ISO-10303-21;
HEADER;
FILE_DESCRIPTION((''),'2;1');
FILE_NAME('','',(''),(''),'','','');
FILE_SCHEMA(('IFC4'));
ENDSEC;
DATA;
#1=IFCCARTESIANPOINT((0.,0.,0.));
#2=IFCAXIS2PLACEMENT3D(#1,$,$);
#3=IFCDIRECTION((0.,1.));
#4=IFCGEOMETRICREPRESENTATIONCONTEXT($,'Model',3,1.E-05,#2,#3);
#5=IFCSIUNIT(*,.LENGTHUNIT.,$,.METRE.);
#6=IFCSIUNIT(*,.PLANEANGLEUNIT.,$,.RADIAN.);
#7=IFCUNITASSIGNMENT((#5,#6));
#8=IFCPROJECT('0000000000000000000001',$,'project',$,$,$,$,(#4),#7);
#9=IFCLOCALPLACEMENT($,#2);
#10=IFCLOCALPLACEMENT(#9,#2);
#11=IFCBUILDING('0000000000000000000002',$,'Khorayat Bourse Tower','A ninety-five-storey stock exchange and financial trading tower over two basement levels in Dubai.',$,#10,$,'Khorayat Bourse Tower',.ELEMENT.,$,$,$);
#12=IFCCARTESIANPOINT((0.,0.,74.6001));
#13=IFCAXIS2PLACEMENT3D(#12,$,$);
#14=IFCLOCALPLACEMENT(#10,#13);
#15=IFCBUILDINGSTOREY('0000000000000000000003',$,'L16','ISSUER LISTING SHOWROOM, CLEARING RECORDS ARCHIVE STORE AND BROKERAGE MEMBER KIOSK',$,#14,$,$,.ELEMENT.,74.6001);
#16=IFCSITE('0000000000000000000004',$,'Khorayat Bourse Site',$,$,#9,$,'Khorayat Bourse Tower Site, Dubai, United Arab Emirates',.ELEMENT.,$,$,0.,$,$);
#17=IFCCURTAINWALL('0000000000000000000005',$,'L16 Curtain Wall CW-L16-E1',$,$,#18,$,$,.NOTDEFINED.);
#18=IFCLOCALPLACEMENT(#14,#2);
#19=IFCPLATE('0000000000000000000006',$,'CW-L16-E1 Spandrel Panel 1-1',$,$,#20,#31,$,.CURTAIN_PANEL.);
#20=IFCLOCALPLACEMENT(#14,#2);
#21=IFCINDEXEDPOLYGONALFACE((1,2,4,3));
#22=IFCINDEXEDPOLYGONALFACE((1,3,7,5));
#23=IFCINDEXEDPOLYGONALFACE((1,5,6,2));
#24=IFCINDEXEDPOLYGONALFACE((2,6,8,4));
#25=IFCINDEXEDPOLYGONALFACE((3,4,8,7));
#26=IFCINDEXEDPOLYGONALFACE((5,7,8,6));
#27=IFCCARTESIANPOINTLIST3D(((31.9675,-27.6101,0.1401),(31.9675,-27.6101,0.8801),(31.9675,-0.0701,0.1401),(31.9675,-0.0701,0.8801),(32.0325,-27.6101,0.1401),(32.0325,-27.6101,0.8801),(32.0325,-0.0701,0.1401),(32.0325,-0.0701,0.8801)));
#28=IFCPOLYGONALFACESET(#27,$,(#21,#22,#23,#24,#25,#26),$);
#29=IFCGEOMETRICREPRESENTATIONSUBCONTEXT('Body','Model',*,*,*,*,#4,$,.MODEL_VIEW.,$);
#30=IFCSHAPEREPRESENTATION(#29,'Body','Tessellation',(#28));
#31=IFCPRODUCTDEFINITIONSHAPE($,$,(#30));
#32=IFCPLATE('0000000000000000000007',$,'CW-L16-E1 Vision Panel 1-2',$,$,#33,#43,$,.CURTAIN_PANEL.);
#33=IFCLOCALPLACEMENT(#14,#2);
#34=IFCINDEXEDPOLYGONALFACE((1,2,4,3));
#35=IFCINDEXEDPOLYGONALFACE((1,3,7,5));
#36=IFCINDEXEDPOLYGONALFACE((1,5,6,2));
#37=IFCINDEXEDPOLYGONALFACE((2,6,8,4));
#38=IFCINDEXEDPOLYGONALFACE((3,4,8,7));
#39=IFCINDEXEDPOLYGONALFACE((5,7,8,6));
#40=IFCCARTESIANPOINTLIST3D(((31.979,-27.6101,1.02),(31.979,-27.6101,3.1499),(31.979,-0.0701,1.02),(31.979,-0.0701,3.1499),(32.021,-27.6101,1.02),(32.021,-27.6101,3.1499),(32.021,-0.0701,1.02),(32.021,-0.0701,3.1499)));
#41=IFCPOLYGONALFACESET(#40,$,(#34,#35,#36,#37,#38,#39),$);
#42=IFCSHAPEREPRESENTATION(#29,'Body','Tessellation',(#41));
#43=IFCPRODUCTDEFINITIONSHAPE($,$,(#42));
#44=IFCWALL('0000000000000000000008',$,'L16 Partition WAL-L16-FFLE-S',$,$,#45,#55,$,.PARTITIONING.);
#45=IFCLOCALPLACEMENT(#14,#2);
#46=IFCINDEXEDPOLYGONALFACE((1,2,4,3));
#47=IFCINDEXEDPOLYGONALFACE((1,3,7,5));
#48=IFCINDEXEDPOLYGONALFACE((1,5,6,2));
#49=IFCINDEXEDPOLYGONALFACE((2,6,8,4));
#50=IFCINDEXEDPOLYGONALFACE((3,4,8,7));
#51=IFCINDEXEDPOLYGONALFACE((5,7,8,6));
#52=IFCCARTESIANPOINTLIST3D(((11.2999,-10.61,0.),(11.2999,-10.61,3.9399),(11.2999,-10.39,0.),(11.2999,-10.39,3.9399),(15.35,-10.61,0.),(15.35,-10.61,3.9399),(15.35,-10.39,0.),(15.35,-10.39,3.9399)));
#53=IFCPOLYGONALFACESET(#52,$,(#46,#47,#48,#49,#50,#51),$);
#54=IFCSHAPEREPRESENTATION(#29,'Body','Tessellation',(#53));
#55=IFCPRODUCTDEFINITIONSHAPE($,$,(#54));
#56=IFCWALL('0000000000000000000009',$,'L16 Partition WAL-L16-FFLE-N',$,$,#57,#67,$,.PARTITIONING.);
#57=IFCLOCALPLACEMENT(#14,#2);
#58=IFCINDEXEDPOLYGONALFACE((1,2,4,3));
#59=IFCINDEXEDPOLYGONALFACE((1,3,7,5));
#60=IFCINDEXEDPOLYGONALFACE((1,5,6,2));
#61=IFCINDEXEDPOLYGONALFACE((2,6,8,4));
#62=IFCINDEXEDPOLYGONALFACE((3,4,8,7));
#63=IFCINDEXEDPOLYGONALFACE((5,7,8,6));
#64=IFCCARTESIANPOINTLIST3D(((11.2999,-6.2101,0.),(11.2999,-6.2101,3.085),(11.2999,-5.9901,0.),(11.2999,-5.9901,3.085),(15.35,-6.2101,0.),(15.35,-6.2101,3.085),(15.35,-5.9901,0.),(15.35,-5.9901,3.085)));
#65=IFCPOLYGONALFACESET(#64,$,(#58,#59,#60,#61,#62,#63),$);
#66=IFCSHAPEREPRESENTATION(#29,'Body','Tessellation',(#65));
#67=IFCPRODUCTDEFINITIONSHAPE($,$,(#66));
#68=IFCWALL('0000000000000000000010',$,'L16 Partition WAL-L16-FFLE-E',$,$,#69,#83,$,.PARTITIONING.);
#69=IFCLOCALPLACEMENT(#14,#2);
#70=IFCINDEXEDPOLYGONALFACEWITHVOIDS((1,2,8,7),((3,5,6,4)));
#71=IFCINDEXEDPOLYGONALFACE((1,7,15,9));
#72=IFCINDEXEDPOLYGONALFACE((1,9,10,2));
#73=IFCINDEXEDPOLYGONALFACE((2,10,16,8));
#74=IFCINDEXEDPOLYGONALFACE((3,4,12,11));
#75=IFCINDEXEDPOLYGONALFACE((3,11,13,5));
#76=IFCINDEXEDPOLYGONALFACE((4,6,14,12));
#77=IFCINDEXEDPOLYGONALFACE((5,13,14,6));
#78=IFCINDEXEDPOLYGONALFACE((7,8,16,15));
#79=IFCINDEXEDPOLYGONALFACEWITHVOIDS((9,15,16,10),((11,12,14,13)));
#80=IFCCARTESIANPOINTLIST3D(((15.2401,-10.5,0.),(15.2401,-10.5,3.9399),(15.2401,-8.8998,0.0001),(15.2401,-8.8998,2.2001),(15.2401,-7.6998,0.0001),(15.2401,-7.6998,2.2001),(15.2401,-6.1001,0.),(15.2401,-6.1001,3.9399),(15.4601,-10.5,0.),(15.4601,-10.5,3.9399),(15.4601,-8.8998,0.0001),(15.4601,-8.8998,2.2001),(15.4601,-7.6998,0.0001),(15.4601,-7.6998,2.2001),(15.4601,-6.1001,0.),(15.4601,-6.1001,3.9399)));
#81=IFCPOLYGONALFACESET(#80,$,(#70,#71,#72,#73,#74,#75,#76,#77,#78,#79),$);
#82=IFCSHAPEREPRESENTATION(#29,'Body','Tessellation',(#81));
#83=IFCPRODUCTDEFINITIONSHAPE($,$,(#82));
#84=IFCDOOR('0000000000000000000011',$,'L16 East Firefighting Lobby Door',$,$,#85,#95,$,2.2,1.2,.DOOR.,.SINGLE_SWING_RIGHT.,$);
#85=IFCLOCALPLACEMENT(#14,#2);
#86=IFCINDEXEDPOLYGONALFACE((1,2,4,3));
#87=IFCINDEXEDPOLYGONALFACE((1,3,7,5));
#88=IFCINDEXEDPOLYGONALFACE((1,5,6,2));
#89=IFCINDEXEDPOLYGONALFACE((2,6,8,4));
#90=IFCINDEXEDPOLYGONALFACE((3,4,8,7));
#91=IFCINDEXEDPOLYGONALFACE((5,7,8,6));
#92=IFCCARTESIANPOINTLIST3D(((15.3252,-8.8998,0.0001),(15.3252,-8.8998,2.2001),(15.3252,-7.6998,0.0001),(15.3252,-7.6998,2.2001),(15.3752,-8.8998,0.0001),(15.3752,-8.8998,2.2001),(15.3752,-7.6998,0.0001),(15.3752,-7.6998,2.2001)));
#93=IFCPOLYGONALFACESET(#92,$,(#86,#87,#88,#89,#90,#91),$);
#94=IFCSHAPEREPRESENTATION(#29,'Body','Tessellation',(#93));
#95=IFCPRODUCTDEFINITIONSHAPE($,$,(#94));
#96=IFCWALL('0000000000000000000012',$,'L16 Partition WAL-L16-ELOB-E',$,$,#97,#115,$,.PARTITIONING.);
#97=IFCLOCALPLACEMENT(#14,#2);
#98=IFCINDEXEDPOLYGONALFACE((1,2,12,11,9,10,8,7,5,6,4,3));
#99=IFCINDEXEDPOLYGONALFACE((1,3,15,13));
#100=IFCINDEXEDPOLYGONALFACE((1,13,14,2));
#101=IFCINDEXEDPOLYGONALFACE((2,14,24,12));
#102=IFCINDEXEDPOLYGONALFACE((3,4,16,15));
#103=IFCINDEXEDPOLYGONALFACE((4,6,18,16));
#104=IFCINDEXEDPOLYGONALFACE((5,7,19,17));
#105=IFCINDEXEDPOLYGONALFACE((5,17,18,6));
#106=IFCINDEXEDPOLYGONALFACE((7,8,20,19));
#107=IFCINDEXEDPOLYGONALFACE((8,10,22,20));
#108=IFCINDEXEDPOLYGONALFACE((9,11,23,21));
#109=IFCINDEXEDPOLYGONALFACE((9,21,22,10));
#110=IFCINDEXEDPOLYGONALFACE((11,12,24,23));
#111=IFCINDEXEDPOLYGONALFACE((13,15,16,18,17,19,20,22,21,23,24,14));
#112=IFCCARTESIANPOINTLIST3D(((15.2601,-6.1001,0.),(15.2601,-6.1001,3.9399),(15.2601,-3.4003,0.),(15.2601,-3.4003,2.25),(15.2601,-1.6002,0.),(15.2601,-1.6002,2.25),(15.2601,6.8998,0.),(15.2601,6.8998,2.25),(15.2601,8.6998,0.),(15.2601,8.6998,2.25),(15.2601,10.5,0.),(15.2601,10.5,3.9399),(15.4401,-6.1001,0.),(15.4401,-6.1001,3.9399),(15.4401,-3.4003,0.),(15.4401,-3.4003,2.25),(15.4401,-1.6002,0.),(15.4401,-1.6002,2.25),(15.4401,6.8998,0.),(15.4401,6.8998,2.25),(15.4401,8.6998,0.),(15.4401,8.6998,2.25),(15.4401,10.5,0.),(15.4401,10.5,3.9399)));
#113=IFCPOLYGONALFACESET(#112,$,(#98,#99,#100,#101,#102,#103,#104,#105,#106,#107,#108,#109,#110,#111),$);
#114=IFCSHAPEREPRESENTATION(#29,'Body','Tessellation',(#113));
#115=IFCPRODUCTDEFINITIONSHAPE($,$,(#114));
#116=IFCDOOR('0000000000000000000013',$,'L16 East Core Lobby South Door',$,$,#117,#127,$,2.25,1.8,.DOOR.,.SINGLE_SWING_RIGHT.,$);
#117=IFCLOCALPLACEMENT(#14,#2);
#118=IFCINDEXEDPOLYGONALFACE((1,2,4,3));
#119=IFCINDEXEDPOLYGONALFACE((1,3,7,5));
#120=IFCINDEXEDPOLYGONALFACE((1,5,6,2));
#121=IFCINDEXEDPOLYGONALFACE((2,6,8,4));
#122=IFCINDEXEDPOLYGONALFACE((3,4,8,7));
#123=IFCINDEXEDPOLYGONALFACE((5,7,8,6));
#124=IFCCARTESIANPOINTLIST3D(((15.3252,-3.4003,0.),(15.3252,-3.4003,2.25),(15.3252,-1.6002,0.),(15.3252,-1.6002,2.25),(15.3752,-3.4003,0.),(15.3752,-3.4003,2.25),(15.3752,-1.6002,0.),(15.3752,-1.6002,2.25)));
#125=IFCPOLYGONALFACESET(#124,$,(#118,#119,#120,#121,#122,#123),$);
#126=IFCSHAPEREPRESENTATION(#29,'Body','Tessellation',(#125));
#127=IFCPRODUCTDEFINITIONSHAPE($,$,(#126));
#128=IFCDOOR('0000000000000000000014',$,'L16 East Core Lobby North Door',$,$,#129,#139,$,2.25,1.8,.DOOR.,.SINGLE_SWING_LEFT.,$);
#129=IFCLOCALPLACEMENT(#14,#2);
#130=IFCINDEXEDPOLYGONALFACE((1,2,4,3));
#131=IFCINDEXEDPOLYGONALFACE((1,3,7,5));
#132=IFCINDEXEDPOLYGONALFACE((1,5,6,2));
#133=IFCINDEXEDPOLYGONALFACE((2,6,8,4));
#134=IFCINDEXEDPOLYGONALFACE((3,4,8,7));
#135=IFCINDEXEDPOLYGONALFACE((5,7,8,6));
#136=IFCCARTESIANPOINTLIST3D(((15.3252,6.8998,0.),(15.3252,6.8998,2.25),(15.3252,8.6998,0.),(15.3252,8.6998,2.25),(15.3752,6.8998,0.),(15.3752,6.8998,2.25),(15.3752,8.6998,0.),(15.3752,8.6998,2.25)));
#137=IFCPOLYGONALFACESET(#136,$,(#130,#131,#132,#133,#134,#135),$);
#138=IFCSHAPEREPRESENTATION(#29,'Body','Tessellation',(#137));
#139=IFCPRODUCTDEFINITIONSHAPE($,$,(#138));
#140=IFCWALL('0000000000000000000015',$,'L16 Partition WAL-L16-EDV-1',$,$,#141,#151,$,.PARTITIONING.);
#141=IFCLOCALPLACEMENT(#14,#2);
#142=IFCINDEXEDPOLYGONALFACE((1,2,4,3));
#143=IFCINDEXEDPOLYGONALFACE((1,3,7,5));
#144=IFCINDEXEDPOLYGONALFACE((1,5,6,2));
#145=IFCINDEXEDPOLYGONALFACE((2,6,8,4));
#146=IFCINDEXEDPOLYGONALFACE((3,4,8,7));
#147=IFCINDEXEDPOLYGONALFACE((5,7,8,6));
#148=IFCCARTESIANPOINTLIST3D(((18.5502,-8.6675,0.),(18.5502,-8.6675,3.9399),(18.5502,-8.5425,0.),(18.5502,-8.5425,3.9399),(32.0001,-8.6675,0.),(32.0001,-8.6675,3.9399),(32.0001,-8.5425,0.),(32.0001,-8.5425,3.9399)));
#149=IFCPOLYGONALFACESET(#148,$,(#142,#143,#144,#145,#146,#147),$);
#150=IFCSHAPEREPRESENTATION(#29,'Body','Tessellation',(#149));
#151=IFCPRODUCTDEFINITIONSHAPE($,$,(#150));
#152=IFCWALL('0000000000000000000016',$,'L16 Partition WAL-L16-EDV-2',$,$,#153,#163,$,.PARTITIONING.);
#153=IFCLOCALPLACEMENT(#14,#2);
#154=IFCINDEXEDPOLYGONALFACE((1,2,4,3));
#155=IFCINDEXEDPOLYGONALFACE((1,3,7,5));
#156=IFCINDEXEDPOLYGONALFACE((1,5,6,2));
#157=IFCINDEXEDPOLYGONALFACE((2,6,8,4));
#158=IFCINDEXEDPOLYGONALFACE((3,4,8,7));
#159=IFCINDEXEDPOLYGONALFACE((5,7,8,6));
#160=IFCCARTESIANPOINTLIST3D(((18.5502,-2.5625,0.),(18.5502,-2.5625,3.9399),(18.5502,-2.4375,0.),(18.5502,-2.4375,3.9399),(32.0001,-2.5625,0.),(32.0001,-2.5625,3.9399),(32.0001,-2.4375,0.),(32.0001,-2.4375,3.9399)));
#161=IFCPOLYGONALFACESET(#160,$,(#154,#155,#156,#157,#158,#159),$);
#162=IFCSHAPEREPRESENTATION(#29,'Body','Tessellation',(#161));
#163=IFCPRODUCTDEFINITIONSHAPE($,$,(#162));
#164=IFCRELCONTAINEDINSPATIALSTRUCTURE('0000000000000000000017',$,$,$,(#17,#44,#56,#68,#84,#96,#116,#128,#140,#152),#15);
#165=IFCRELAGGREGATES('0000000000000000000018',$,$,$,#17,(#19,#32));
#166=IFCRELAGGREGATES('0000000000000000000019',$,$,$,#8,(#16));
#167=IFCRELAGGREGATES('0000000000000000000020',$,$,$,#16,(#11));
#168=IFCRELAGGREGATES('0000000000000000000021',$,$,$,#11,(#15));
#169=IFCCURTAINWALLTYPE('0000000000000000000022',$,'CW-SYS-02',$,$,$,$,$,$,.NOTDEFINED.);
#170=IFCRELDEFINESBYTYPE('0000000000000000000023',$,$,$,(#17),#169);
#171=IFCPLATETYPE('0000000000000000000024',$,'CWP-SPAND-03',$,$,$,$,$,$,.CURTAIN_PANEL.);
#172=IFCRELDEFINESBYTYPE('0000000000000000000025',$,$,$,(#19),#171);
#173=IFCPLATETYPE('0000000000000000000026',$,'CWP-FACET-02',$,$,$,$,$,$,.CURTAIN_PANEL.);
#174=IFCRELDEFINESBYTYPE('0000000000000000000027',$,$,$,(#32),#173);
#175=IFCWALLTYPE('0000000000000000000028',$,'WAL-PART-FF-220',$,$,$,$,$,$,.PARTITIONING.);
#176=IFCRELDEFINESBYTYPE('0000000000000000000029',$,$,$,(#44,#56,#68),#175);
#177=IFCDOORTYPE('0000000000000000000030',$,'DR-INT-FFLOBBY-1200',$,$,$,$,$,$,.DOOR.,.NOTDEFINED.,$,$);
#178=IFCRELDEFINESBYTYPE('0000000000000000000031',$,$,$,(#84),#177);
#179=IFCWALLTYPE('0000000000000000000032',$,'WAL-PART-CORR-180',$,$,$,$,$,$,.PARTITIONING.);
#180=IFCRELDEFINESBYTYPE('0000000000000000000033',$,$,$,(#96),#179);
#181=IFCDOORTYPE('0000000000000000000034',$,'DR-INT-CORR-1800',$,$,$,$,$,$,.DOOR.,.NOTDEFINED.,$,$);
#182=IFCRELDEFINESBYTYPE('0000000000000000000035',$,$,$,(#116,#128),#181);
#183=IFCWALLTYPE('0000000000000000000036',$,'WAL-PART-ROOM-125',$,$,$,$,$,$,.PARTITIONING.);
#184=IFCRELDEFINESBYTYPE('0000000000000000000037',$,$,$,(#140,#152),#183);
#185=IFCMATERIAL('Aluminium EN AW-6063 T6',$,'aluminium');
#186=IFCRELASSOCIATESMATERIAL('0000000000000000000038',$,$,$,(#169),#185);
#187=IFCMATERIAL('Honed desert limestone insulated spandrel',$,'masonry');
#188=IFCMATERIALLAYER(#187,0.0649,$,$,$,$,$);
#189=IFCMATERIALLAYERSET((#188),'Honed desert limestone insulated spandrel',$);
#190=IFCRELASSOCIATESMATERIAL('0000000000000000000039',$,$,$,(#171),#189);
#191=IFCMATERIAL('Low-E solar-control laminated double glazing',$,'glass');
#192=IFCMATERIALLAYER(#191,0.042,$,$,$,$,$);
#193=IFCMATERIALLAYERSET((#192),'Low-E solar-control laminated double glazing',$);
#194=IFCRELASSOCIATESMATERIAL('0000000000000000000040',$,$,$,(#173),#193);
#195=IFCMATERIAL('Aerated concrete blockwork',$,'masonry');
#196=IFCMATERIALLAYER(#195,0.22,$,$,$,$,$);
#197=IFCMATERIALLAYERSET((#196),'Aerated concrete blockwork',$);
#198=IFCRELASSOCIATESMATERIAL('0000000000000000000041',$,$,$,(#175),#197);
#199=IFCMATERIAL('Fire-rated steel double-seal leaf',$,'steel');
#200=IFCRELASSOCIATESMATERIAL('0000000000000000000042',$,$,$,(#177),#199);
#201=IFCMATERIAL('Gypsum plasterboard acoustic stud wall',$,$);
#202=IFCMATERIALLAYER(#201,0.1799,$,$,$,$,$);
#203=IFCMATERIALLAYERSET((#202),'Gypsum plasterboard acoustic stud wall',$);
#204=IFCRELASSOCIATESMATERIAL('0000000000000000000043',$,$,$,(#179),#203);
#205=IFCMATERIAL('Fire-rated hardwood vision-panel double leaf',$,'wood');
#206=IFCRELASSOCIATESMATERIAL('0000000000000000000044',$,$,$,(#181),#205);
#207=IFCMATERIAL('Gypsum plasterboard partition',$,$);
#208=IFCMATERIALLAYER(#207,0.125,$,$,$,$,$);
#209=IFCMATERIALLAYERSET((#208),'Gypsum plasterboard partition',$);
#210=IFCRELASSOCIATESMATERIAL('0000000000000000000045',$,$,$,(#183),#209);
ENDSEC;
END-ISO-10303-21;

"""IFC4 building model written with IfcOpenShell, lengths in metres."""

from ifc_helpers import new_model, si_unit, direction, frame, frame_2d, origin, origin_2d, place, context, subcontext, project, spatial, rectangle, extrude, source, transform, mapped, material, layer, layer_set, type_object, element, fill, aggregate, save


model = new_model("IFC4")

# Units and contexts
model_context = context("Model", 3, precision=1e-05, world=origin(), true_north=direction((0.0, 1.0)))
body_context = subcontext(model_context, "Body", "Model", "MODEL_VIEW")
ifc_project = project(units=[si_unit("LENGTHUNIT", "METRE"), si_unit("PLANEANGLEUNIT", "RADIAN")], contexts=[model_context])

# Site, building, storey
site_placement = place(None, origin())
site = spatial("IfcSite", under=ifc_project, at=site_placement, Name="Khorayat Bourse Site", LongName="Khorayat Bourse Tower Site, Dubai, United Arab Emirates", CompositionType="ELEMENT", RefElevation=0.0)
building_placement = place(site_placement, origin())
building = spatial("IfcBuilding", under=site, at=building_placement, Name="Khorayat Bourse Tower", Description="A ninety-five-storey stock exchange and financial trading tower over two basement levels in Dubai.", LongName="Khorayat Bourse Tower", CompositionType="ELEMENT")
storey_placement = place(building_placement, frame((0.0, 0.0, 74.6001)))
storey = spatial("IfcBuildingStorey", under=building, at=storey_placement, Name="L16", Description="ISSUER LISTING SHOWROOM, CLEARING RECORDS ARCHIVE STORE AND BROKERAGE MEMBER KIOSK", CompositionType="ELEMENT", Elevation=74.6001)

# Curtain wall
ifc_material_1 = material(Name="Aluminium EN AW-6063 T6", Category="aluminium")
curtain_wall_type = type_object("IfcCurtainWallType", Name="CW-SYS-02", PredefinedType="NOTDEFINED", material=ifc_material_1)
curtain_wall_placement = place(storey_placement, origin())
curtain_wall = element("IfcCurtainWall", 1, at=curtain_wall_placement, inside=storey, type_object=curtain_wall_type, Name="L16 Curtain Wall CW-L16-E1", PredefinedType="NOTDEFINED")

# Plates
ifc_material_2 = material(Name="Honed desert limestone insulated spandrel", Category="masonry")
ifc_layer_1 = layer(ifc_material_2, 0.0649)
ifc_layer_set_1 = layer_set([ifc_layer_1], Name="Honed desert limestone insulated spandrel")
plate_type_1 = type_object("IfcPlateType", Name="CWP-SPAND-03", PredefinedType="CURTAIN_PANEL", material=ifc_layer_set_1)
shared_shape_1 = source(origin(), body_context, "Body", "SweptSolid", [
    extrude(rectangle(XDim=27.54, YDim=0.0649, at=origin_2d()), origin(), (0.0, 0.0, 1.0), 0.74),
])
plate_1_placement = place(storey_placement, frame((32.0, -13.8401, 0.1401), z_axis=(0.0, 0.0, 1.0), x_axis=(0.0, 1.0, 0.0)))
plate_1 = element("IfcPlate", 2, at=plate_1_placement, type_object=plate_type_1, Name="CW-L16-E1 Spandrel Panel 1-1", PredefinedType="CURTAIN_PANEL", context=body_context, shape_type="MappedRepresentation", body=[
    mapped(shared_shape_1, transform((0.0, 0.0, 0.0), scale=1.0)),
])
ifc_material_3 = material(Name="Low-E solar-control laminated double glazing", Category="glass")
ifc_layer_2 = layer(ifc_material_3, 0.042)
ifc_layer_set_2 = layer_set([ifc_layer_2], Name="Low-E solar-control laminated double glazing")
plate_type_2 = type_object("IfcPlateType", Name="CWP-FACET-02", PredefinedType="CURTAIN_PANEL", material=ifc_layer_set_2)
shared_shape_2 = source(origin(), body_context, "Body", "SweptSolid", [
    extrude(rectangle(XDim=27.54, YDim=0.042, at=origin_2d()), origin(), (0.0, 0.0, 1.0), 2.1299),
])
plate_2_placement = place(storey_placement, frame((32.0, -13.8401, 1.02), z_axis=(0.0, 0.0, 1.0), x_axis=(0.0, 1.0, 0.0)))
plate_2 = element("IfcPlate", 3, at=plate_2_placement, type_object=plate_type_2, Name="CW-L16-E1 Vision Panel 1-2", PredefinedType="CURTAIN_PANEL", context=body_context, shape_type="MappedRepresentation", body=[
    mapped(shared_shape_2, transform((0.0, 0.0, 0.0), scale=1.0)),
])
aggregate(curtain_wall, [plate_1, plate_2])

# Walls
ifc_material_4 = material(Name="Aerated concrete blockwork", Category="masonry")
ifc_layer_3 = layer(ifc_material_4, 0.22)
ifc_layer_set_3 = layer_set([ifc_layer_3], Name="Aerated concrete blockwork")
wall_type_1 = type_object("IfcWallType", Name="WAL-PART-FF-220", PredefinedType="PARTITIONING", material=ifc_layer_set_3)
shared_shape_3 = source(origin(), body_context, "Body", "SweptSolid", [
    extrude(rectangle(XDim=4.05, YDim=0.22, at=frame_2d((2.0249, 0.0))), origin(), (0.0, 0.0, 1.0), 3.9399),
])
wall_1_placement = place(storey_placement, frame((11.3, -10.5, 0.0), z_axis=(0.0, 0.0, 1.0), x_axis=(1.0, 0.0, 0.0)))
element("IfcWall", 4, at=wall_1_placement, inside=storey, type_object=wall_type_1, Name="L16 Partition WAL-L16-FFLE-S", PredefinedType="PARTITIONING", context=body_context, shape_type="MappedRepresentation", body=[
    mapped(shared_shape_3, transform((0.0, 0.0, 0.0), scale=1.0)),
])
shared_shape_4 = source(origin(), body_context, "Body", "SweptSolid", [
    extrude(rectangle(XDim=4.05, YDim=0.22, at=frame_2d((2.0249, 0.0))), origin(), (0.0, 0.0, 1.0), 3.085),
])
wall_2_placement = place(storey_placement, frame((11.3, -6.1001, 0.0), z_axis=(0.0, 0.0, 1.0), x_axis=(1.0, 0.0, 0.0)))
element("IfcWall", 5, at=wall_2_placement, inside=storey, type_object=wall_type_1, Name="L16 Partition WAL-L16-FFLE-N", PredefinedType="PARTITIONING", context=body_context, shape_type="MappedRepresentation", body=[
    mapped(shared_shape_4, transform((0.0, 0.0, 0.0), scale=1.0)),
])

# Wall, opening, door
shared_shape_5 = source(origin(), body_context, "Body", "SweptSolid", [
    extrude(rectangle(XDim=4.3999, YDim=0.22, at=frame_2d((2.2, 0.0))), origin(), (0.0, 0.0, 1.0), 3.9399),
])
wall_3_placement = place(storey_placement, frame((15.3501, -10.5, 0.0), z_axis=(0.0, 0.0, 1.0), x_axis=(0.0, 1.0, 0.0)))
wall_3 = element("IfcWall", 6, at=wall_3_placement, inside=storey, type_object=wall_type_1, Name="L16 Partition WAL-L16-FFLE-E", PredefinedType="PARTITIONING", context=body_context, shape_type="MappedRepresentation", body=[
    mapped(shared_shape_5, transform((0.0, 0.0, 0.0), scale=1.0)),
])
shared_shape_6 = source(origin(), body_context, "Body", "SweptSolid", [
    extrude(rectangle(XDim=1.2, YDim=2.2, at=frame_2d((0.6001, 1.1001))), frame((0.0, 0.1199, 0.0), z_axis=(0.0, -1.0, 0.0), x_axis=(1.0, 0.0, 0.0)), (0.0, 0.0, 1.0), 0.24),
])
opening_1_placement = place(wall_3_placement, frame((1.6001, 0.0, 0.0)))
opening_1 = element("IfcOpeningElement", 7, at=opening_1_placement, cuts=wall_3, PredefinedType="OPENING", context=body_context, shape_type="MappedRepresentation", body=[
    mapped(shared_shape_6, transform((0.0, 0.0, 0.0), scale=1.0)),
])
ifc_material_5 = material(Name="Fire-rated steel double-seal leaf", Category="steel")
door_type_1 = type_object("IfcDoorType", Name="DR-INT-FFLOBBY-1200", OperationType="NOTDEFINED", PredefinedType="DOOR", material=ifc_material_5)
shared_shape_7 = source(origin(), body_context, "Body", "SweptSolid", [
    extrude(rectangle(XDim=1.2, YDim=2.2, at=frame_2d((0.6001, 1.1001))), frame((0.0, 0.0249, 0.0), z_axis=(0.0, -1.0, 0.0), x_axis=(1.0, 0.0, 0.0)), (0.0, 0.0, 1.0), 0.05),
])
door_1_placement = place(opening_1_placement, origin())
door_1 = element("IfcDoor", 8, at=door_1_placement, inside=storey, type_object=door_type_1, Name="L16 East Firefighting Lobby Door", OperationType="SINGLE_SWING_RIGHT", OverallHeight=2.2, OverallWidth=1.2, PredefinedType="DOOR", context=body_context, shape_type="MappedRepresentation", body=[
    mapped(shared_shape_7, transform((0.0, 0.0, 0.0), scale=1.0)),
])
fill(opening_1, door_1)

# Wall, openings, doors
ifc_material_6 = material(Name="Gypsum plasterboard acoustic stud wall")
ifc_layer_4 = layer(ifc_material_6, 0.1799)
ifc_layer_set_4 = layer_set([ifc_layer_4], Name="Gypsum plasterboard acoustic stud wall")
wall_type_2 = type_object("IfcWallType", Name="WAL-PART-CORR-180", PredefinedType="PARTITIONING", material=ifc_layer_set_4)
shared_shape_8 = source(origin(), body_context, "Body", "SweptSolid", [
    extrude(rectangle(XDim=16.6001, YDim=0.1799, at=frame_2d((8.3, 0.0))), origin(), (0.0, 0.0, 1.0), 3.9399),
])
wall_4_placement = place(storey_placement, frame((15.3501, -6.1001, 0.0), z_axis=(0.0, 0.0, 1.0), x_axis=(0.0, 1.0, 0.0)))
wall_4 = element("IfcWall", 9, at=wall_4_placement, inside=storey, type_object=wall_type_2, Name="L16 Partition WAL-L16-ELOB-E", PredefinedType="PARTITIONING", context=body_context, shape_type="MappedRepresentation", body=[
    mapped(shared_shape_8, transform((0.0, 0.0, 0.0), scale=1.0)),
])
shared_shape_9 = source(origin(), body_context, "Body", "SweptSolid", [
    extrude(rectangle(XDim=1.8, YDim=2.25, at=frame_2d((0.8999, 1.125))), frame((0.0, 0.0999, 0.0), z_axis=(0.0, -1.0, 0.0), x_axis=(1.0, 0.0, 0.0)), (0.0, 0.0, 1.0), 0.2),
])
opening_2_placement = place(wall_4_placement, frame((2.7, 0.0, 0.0)))
opening_2 = element("IfcOpeningElement", 10, at=opening_2_placement, cuts=wall_4, PredefinedType="OPENING", context=body_context, shape_type="MappedRepresentation", body=[
    mapped(shared_shape_9, transform((0.0, 0.0, 0.0), scale=1.0)),
])
opening_3_placement = place(wall_4_placement, frame((13.0, 0.0, 0.0)))
opening_3 = element("IfcOpeningElement", 11, at=opening_3_placement, cuts=wall_4, PredefinedType="OPENING", context=body_context, shape_type="MappedRepresentation", body=[
    mapped(shared_shape_9, transform((0.0, 0.0, 0.0), scale=1.0)),
])
ifc_material_7 = material(Name="Fire-rated hardwood vision-panel double leaf", Category="wood")
door_type_2 = type_object("IfcDoorType", Name="DR-INT-CORR-1800", OperationType="NOTDEFINED", PredefinedType="DOOR", material=ifc_material_7)
shared_shape_10 = source(origin(), body_context, "Body", "SweptSolid", [
    extrude(rectangle(XDim=1.8, YDim=2.25, at=frame_2d((0.8999, 1.125))), frame((0.0, 0.0249, 0.0), z_axis=(0.0, -1.0, 0.0), x_axis=(1.0, 0.0, 0.0)), (0.0, 0.0, 1.0), 0.05),
])
door_2_placement = place(opening_2_placement, origin())
door_2 = element("IfcDoor", 12, at=door_2_placement, inside=storey, type_object=door_type_2, Name="L16 East Core Lobby South Door", OperationType="SINGLE_SWING_RIGHT", OverallHeight=2.25, OverallWidth=1.8, PredefinedType="DOOR", context=body_context, shape_type="MappedRepresentation", body=[
    mapped(shared_shape_10, transform((0.0, 0.0, 0.0), scale=1.0)),
])
fill(opening_2, door_2)
door_3_placement = place(opening_3_placement, origin())
door_3 = element("IfcDoor", 13, at=door_3_placement, inside=storey, type_object=door_type_2, Name="L16 East Core Lobby North Door", OperationType="SINGLE_SWING_LEFT", OverallHeight=2.25, OverallWidth=1.8, PredefinedType="DOOR", context=body_context, shape_type="MappedRepresentation", body=[
    mapped(shared_shape_10, transform((0.0, 0.0, 0.0), scale=1.0)),
])
fill(opening_3, door_3)

# Walls
ifc_material_8 = material(Name="Gypsum plasterboard partition")
ifc_layer_5 = layer(ifc_material_8, 0.125)
ifc_layer_set_5 = layer_set([ifc_layer_5], Name="Gypsum plasterboard partition")
wall_type_3 = type_object("IfcWallType", Name="WAL-PART-ROOM-125", PredefinedType="PARTITIONING", material=ifc_layer_set_5)
shared_shape_11 = source(origin(), body_context, "Body", "SweptSolid", [
    extrude(rectangle(XDim=13.45, YDim=0.125, at=frame_2d((6.7251, 0.0))), origin(), (0.0, 0.0, 1.0), 3.9399),
])
for number, where, z_axis, x_axis, name in (
    (14, (18.55, -8.605, 0.0), (0.0, 0.0, 1.0), (1.0, 0.0, 0.0), "L16 Partition WAL-L16-EDV-1"),
    (15, (18.55, -2.5, 0.0), (0.0, 0.0, 1.0), (1.0, 0.0, 0.0), "L16 Partition WAL-L16-EDV-2"),
):
    element("IfcWall", number, at=place(storey_placement, frame(where, z_axis=z_axis, x_axis=x_axis)), inside=storey, type_object=wall_type_3, Name=name, PredefinedType="PARTITIONING", context=body_context, shape_type="MappedRepresentation", body=[
        mapped(shared_shape_11, transform((0.0, 0.0, 0.0), scale=1.0)),
    ])

save(model, "model.ifc")
